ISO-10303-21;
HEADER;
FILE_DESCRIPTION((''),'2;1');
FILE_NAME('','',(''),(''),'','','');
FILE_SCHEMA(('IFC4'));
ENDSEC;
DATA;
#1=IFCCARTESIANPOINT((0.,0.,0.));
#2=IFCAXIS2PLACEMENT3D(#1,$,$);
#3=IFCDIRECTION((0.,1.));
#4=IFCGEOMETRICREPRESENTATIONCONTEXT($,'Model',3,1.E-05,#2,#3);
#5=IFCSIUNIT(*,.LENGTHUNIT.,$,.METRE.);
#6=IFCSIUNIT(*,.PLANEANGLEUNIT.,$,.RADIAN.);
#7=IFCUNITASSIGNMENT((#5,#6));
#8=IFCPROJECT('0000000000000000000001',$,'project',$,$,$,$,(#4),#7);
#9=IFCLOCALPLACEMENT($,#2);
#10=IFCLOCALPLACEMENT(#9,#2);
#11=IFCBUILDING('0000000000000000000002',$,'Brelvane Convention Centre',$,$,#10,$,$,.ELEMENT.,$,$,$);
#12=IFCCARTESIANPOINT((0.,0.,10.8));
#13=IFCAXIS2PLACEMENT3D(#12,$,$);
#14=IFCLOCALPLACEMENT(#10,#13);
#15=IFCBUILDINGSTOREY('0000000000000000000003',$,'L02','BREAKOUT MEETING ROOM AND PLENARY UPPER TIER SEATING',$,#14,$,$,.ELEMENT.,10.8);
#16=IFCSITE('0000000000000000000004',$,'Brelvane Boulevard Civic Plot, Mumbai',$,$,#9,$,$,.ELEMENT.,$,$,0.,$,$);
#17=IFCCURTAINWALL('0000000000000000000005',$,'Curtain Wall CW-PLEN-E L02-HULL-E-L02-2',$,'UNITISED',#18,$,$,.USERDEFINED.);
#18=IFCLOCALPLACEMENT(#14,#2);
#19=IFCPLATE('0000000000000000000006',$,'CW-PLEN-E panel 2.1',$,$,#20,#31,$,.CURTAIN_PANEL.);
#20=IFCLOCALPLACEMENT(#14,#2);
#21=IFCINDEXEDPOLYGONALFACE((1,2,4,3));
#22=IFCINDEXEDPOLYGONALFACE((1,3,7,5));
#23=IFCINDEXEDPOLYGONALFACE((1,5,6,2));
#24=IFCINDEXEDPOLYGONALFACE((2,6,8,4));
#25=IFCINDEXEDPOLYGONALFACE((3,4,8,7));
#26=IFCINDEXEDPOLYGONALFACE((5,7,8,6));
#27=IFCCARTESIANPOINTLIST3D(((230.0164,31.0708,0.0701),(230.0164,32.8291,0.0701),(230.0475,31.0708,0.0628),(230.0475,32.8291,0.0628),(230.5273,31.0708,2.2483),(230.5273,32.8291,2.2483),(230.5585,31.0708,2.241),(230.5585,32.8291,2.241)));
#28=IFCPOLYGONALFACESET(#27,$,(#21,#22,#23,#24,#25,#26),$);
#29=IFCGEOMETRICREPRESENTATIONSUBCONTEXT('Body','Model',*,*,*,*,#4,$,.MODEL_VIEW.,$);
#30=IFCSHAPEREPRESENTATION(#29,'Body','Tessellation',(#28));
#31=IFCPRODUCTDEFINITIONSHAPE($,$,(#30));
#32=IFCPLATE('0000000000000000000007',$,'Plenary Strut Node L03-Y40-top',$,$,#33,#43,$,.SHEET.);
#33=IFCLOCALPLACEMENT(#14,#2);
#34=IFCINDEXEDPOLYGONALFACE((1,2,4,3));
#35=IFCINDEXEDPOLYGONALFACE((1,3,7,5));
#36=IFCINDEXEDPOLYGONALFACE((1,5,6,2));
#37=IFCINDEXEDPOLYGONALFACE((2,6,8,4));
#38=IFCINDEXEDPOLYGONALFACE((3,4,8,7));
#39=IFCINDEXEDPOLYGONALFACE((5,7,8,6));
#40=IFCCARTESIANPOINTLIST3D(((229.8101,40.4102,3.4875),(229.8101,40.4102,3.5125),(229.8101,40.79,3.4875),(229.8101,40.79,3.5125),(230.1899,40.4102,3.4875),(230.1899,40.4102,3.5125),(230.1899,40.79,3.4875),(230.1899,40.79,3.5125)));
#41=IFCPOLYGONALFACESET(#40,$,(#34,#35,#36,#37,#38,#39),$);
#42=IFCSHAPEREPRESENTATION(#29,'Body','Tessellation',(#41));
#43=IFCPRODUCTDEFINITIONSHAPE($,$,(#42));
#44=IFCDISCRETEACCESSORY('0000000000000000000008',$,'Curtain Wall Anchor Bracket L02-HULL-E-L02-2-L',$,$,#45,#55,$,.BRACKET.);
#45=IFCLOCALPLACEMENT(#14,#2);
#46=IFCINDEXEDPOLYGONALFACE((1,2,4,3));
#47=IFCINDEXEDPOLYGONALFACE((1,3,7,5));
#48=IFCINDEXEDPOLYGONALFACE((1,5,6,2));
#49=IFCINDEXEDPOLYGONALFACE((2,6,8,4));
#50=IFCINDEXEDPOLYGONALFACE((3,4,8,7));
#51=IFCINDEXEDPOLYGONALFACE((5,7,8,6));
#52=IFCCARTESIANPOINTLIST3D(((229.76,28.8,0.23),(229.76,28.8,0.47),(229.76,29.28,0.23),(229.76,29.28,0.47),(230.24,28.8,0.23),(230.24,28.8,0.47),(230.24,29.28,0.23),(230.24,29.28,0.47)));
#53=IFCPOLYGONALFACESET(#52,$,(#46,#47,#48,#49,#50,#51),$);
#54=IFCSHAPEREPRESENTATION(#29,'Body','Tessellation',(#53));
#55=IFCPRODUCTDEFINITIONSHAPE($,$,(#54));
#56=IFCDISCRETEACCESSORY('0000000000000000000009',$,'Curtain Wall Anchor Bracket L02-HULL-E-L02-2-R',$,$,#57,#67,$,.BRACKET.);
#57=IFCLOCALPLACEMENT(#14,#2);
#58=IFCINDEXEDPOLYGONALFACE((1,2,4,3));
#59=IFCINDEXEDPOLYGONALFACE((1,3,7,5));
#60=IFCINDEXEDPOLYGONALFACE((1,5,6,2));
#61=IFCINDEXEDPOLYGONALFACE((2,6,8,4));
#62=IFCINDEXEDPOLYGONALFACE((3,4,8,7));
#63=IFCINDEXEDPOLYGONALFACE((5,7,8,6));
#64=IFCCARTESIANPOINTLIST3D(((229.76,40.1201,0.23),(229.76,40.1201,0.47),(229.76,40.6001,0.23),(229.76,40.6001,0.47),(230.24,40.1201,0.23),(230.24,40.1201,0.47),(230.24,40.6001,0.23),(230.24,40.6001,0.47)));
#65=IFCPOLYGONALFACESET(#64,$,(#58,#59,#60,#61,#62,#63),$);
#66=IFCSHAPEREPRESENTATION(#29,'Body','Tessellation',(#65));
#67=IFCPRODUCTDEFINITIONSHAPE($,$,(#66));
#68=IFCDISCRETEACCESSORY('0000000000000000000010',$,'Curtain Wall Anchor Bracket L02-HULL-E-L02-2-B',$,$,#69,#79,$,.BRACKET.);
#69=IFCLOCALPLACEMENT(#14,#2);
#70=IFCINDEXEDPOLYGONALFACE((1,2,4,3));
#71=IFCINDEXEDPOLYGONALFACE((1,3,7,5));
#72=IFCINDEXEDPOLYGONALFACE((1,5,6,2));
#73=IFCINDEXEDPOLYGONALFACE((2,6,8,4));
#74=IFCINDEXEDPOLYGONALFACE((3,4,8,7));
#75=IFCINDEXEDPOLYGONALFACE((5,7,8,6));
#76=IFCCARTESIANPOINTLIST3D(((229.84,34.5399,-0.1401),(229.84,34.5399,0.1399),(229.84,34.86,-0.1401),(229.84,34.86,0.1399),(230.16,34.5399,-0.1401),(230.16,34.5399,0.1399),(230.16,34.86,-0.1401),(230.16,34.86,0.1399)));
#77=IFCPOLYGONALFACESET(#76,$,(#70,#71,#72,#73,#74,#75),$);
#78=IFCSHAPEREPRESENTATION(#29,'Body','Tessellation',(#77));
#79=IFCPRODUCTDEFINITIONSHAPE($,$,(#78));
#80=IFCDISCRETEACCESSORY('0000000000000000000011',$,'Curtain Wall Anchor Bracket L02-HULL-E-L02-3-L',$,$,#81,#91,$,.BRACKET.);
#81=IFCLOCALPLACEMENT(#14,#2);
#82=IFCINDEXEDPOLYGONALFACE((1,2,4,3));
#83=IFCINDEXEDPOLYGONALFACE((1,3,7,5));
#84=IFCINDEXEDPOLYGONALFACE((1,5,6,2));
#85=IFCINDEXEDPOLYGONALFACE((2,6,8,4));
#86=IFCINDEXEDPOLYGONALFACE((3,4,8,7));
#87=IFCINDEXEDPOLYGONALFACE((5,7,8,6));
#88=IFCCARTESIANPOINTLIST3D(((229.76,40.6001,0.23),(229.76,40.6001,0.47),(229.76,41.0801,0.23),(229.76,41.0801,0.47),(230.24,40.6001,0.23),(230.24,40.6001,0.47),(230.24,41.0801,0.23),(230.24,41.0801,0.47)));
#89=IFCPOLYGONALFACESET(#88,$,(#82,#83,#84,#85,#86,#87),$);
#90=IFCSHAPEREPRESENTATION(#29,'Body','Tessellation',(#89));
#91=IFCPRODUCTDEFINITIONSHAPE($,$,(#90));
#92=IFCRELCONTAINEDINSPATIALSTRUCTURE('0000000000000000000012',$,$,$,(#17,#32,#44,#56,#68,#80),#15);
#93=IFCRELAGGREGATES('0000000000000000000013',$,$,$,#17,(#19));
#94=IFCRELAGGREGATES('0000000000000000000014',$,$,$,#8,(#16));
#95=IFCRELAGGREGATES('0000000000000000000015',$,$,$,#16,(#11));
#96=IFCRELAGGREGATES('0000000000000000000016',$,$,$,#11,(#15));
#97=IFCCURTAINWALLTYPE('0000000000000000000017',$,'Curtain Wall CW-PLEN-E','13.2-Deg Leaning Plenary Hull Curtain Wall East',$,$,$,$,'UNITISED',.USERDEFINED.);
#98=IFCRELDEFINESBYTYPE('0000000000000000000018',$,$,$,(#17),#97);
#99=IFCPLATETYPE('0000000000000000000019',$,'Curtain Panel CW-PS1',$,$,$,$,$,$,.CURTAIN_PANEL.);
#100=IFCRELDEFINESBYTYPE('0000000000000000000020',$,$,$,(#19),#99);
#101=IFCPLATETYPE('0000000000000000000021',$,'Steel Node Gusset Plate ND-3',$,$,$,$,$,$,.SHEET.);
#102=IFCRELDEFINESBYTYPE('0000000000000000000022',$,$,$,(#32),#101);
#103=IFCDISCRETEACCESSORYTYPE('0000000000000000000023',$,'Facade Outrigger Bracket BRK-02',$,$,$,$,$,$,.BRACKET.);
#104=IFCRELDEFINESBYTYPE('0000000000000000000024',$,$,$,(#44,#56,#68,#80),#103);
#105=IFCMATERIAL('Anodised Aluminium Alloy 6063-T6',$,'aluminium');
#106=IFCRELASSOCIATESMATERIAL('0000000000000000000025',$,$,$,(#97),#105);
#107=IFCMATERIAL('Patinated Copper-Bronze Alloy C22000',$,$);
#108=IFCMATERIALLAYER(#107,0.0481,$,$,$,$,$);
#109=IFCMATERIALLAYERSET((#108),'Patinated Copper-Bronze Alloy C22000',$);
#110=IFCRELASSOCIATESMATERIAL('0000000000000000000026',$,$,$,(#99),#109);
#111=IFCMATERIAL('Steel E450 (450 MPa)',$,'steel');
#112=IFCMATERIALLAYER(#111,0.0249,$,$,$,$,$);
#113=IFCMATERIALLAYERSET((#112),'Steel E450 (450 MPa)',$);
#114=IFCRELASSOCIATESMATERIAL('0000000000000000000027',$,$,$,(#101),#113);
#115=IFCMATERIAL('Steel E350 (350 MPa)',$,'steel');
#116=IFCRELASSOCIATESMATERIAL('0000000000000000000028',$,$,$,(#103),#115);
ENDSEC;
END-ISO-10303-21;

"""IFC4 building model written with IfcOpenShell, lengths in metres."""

from ifc_helpers import new_model, si_unit, direction, frame, origin, origin_2d, place, context, subcontext, project, spatial, polyline, rectangle, outline, extrude, material, layer, layer_set, type_object, element, aggregate, save


model = new_model("IFC4")

# Units and contexts
model_context = context("Model", 3, precision=1e-05, world=origin(), true_north=direction((0.0, 1.0)))
body_context = subcontext(model_context, "Body", "Model", "MODEL_VIEW")
ifc_project = project(units=[si_unit("LENGTHUNIT", "METRE"), si_unit("PLANEANGLEUNIT", "RADIAN")], contexts=[model_context])

# Site, building, storey
site_placement = place(None, origin())
site = spatial("IfcSite", under=ifc_project, at=site_placement, Name="Brelvane Boulevard Civic Plot, Mumbai", CompositionType="ELEMENT", RefElevation=0.0)
building_placement = place(site_placement, origin())
building = spatial("IfcBuilding", under=site, at=building_placement, Name="Brelvane Convention Centre", CompositionType="ELEMENT")
storey_placement = place(building_placement, frame((0.0, 0.0, 10.8)))
storey = spatial("IfcBuildingStorey", under=building, at=storey_placement, Name="L02", Description="BREAKOUT MEETING ROOM AND PLENARY UPPER TIER SEATING", CompositionType="ELEMENT", Elevation=10.8)

# Curtain wall
ifc_material_1 = material(Name="Anodised Aluminium Alloy 6063-T6", Category="aluminium")
curtain_wall_type = type_object("IfcCurtainWallType", Name="Curtain Wall CW-PLEN-E", Description="13.2-Deg Leaning Plenary Hull Curtain Wall East", ElementType="UNITISED", PredefinedType="USERDEFINED", material=ifc_material_1)
curtain_wall_1_placement = place(storey_placement, origin())
curtain_wall_1 = element("IfcCurtainWall", 1, at=curtain_wall_1_placement, inside=storey, type_object=curtain_wall_type, Name="Curtain Wall CW-PLEN-E L02-HULL-E-L02-2", ObjectType="UNITISED", PredefinedType="USERDEFINED")

# Plates
ifc_material_2 = material(Name="Patinated Copper-Bronze Alloy C22000")
ifc_layer_1 = layer(ifc_material_2, 0.0481)
ifc_layer_set_1 = layer_set([ifc_layer_1], Name="Patinated Copper-Bronze Alloy C22000")
plate_type_1 = type_object("IfcPlateType", Name="Curtain Panel CW-PS1", PredefinedType="CURTAIN_PANEL", material=ifc_layer_set_1)
plate_1_placement = place(storey_placement, frame((230.0164, 31.0708, 0.0701), z_axis=(-0.97357, 0.0, 0.228388), x_axis=(0.0, 1.0, 0.0)))
plate_1 = element("IfcPlate", 2, at=plate_1_placement, type_object=plate_type_1, Name="CW-PLEN-E panel 2.1", PredefinedType="CURTAIN_PANEL", context=body_context, shape_type="SweptSolid", body=[
    extrude(outline(polyline([(0.0, 0.0), (1.7583, 0.0), (1.7583, -2.2374), (0.0, -2.2374), (0.0, 0.0)])), origin(), (0.0, 0.0, -1.0), 0.032),
])
aggregate(curtain_wall_1, [plate_1])
ifc_material_3 = material(Name="Steel E450 (450 MPa)", Category="steel")
ifc_layer_2 = layer(ifc_material_3, 0.0249)
ifc_layer_set_2 = layer_set([ifc_layer_2], Name="Steel E450 (450 MPa)")
plate_type_2 = type_object("IfcPlateType", Name="Steel Node Gusset Plate ND-3", PredefinedType="SHEET", material=ifc_layer_set_2)
plate_2_placement = place(storey_placement, frame((230.0, 40.6001, 3.4875), z_axis=(0.0, 0.0, 1.0), x_axis=(1.0, 0.0, 0.0)))
element("IfcPlate", 3, at=plate_2_placement, inside=storey, type_object=plate_type_2, Name="Plenary Strut Node L03-Y40-top", PredefinedType="SHEET", context=body_context, shape_type="SweptSolid", body=[
    extrude(rectangle(XDim=0.3799, YDim=0.3799, at=origin_2d()), origin(), (0.0, 0.0, 1.0), 0.0249),
])

# Discrete accessories
ifc_material_4 = material(Name="Steel E350 (350 MPa)", Category="steel")
discrete_accessory_type = type_object("IfcDiscreteAccessoryType", Name="Facade Outrigger Bracket BRK-02", PredefinedType="BRACKET", material=ifc_material_4)
for number, where, z_axis, x_axis, name in (
    (4, (230.0, 29.04, 0.23), (0.0, 0.0, 1.0), (1.0, 0.0, 0.0), "Curtain Wall Anchor Bracket L02-HULL-E-L02-2-L"),
    (5, (230.0, 40.3601, 0.23), (0.0, 0.0, 1.0), (1.0, 0.0, 0.0), "Curtain Wall Anchor Bracket L02-HULL-E-L02-2-R"),
):
    element("IfcDiscreteAccessory", number, at=place(storey_placement, frame(where, z_axis=z_axis, x_axis=x_axis)), inside=storey, type_object=discrete_accessory_type, Name=name, PredefinedType="BRACKET", context=body_context, shape_type="SweptSolid", body=[
        extrude(rectangle(XDim=0.48, YDim=0.48, at=origin_2d()), origin(), (0.0, 0.0, 1.0), 0.24),
    ])
discrete_accessory_1_placement = place(storey_placement, frame((230.0, 34.7, -0.1401), z_axis=(0.0, 0.0, 1.0), x_axis=(1.0, 0.0, 0.0)))
element("IfcDiscreteAccessory", 6, at=discrete_accessory_1_placement, inside=storey, type_object=discrete_accessory_type, Name="Curtain Wall Anchor Bracket L02-HULL-E-L02-2-B", PredefinedType="BRACKET", context=body_context, shape_type="SweptSolid", body=[
    extrude(rectangle(XDim=0.3201, YDim=0.3201, at=origin_2d()), origin(), (0.0, 0.0, 1.0), 0.28),
])
discrete_accessory_2_placement = place(storey_placement, frame((230.0, 40.8401, 0.23), z_axis=(0.0, 0.0, 1.0), x_axis=(1.0, 0.0, 0.0)))
element("IfcDiscreteAccessory", 7, at=discrete_accessory_2_placement, inside=storey, type_object=discrete_accessory_type, Name="Curtain Wall Anchor Bracket L02-HULL-E-L02-3-L", PredefinedType="BRACKET", context=body_context, shape_type="SweptSolid", body=[
    extrude(rectangle(XDim=0.48, YDim=0.48, at=origin_2d()), origin(), (0.0, 0.0, 1.0), 0.24),
])

save(model, "model.ifc")
